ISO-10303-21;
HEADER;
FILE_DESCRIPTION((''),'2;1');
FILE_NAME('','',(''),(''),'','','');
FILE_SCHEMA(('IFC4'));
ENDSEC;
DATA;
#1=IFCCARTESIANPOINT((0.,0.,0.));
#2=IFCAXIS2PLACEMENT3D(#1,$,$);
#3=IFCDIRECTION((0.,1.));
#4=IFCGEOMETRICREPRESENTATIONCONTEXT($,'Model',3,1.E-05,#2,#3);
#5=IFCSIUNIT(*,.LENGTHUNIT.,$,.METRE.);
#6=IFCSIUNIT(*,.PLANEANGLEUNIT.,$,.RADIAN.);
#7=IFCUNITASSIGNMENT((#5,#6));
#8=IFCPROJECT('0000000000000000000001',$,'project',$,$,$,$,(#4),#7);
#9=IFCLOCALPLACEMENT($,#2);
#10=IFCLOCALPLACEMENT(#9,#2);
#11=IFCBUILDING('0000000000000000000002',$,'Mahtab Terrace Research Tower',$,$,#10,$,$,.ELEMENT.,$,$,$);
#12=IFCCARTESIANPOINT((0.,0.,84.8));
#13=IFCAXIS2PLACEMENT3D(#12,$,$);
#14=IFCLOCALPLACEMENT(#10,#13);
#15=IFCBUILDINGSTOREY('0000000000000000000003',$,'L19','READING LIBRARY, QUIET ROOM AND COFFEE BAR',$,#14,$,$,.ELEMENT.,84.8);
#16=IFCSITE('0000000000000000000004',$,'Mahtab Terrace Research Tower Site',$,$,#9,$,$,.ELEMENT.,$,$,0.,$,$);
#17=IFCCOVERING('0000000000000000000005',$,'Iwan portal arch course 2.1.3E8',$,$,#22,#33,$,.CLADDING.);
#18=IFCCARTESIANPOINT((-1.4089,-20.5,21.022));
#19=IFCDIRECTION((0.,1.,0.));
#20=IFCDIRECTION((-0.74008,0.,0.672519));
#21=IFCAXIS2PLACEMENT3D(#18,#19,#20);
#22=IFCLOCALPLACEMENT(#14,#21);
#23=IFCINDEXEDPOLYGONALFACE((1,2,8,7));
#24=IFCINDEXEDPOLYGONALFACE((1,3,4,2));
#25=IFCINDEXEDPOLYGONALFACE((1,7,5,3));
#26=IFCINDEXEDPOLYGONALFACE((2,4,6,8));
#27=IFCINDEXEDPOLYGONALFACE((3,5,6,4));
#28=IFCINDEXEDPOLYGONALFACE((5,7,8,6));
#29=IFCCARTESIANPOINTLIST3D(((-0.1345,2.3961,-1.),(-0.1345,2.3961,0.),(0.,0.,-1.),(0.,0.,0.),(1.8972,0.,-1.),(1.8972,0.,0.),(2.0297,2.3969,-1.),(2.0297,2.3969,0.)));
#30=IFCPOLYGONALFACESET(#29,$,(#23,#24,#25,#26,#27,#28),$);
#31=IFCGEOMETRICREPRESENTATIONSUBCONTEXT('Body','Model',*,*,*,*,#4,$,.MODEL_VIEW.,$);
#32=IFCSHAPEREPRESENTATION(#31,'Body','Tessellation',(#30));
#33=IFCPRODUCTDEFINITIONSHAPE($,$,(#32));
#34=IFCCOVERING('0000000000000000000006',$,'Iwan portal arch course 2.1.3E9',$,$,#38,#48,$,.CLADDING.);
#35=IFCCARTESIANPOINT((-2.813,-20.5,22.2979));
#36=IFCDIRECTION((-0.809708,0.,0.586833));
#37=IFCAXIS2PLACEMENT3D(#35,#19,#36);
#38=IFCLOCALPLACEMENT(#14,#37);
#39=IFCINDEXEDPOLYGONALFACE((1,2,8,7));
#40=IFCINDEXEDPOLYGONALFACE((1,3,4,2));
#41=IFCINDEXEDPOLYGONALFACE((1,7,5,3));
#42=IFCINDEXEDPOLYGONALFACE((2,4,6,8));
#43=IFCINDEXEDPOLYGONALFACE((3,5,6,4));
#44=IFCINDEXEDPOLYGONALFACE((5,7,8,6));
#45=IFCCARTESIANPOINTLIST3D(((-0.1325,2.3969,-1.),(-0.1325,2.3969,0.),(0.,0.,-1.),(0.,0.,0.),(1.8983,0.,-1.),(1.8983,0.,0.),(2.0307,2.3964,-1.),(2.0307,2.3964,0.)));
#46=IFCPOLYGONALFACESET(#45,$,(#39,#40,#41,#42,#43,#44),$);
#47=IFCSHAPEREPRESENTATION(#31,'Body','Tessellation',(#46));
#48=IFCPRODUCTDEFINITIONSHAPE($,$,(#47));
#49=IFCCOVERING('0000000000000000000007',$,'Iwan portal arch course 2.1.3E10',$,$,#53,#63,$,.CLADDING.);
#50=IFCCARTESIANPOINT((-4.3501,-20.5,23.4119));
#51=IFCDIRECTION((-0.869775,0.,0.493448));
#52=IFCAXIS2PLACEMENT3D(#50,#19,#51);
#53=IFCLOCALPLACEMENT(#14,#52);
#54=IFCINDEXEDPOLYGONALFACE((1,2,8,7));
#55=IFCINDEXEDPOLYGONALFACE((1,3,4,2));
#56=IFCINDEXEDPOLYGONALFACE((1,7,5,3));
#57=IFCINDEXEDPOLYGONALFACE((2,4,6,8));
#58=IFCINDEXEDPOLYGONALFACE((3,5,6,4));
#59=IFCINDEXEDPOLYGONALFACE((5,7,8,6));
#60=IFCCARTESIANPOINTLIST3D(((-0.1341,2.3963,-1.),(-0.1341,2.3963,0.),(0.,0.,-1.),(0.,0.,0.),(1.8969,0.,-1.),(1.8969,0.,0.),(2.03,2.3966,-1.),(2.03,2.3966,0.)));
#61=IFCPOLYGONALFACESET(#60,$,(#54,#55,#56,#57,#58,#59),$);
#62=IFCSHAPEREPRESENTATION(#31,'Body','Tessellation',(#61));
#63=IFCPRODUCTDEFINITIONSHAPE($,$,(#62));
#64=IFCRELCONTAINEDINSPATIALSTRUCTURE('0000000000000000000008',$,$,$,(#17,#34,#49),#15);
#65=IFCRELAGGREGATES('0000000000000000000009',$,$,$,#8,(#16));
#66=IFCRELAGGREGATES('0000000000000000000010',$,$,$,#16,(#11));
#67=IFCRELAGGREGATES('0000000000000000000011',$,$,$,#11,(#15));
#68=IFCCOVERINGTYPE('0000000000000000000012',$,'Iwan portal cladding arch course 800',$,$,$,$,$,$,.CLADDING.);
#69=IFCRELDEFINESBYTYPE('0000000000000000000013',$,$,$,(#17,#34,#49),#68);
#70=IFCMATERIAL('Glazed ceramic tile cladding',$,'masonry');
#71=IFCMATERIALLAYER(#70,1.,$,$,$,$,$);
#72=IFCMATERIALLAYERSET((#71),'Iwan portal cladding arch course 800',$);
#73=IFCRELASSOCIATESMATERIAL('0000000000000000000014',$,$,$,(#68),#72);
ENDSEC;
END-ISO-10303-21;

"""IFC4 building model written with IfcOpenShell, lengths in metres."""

from ifc_helpers import new_model, si_unit, direction, frame, origin, place, context, subcontext, project, spatial, polyline, outline, extrude, material, layer, layer_set, type_object, element, save


model = new_model("IFC4")

# Units and contexts
model_context = context("Model", 3, precision=1e-05, world=origin(), true_north=direction((0.0, 1.0)))
body_context = subcontext(model_context, "Body", "Model", "MODEL_VIEW")
ifc_project = project(units=[si_unit("LENGTHUNIT", "METRE"), si_unit("PLANEANGLEUNIT", "RADIAN")], contexts=[model_context])

# Site, building, storey
site_placement = place(None, origin())
site = spatial("IfcSite", under=ifc_project, at=site_placement, Name="Mahtab Terrace Research Tower Site", CompositionType="ELEMENT", RefElevation=0.0)
building_placement = place(site_placement, origin())
building = spatial("IfcBuilding", under=site, at=building_placement, Name="Mahtab Terrace Research Tower", CompositionType="ELEMENT")
storey_placement = place(building_placement, frame((0.0, 0.0, 84.8)))
storey = spatial("IfcBuildingStorey", under=building, at=storey_placement, Name="L19", Description="READING LIBRARY, QUIET ROOM AND COFFEE BAR", CompositionType="ELEMENT", Elevation=84.8)

# Coverings
ifc_material = material(Name="Glazed ceramic tile cladding", Category="masonry")
ifc_layer = layer(ifc_material, 1.0)
ifc_layer_set = layer_set([ifc_layer], Name="Iwan portal cladding arch course 800")
covering_type = type_object("IfcCoveringType", Name="Iwan portal cladding arch course 800", PredefinedType="CLADDING", material=ifc_layer_set)
covering_1_placement = place(storey_placement, frame((-1.4089, -20.5, 21.022), z_axis=(0.0, 1.0, 0.0), x_axis=(-0.74008, 0.0, 0.672519)))
element("IfcCovering", 1, at=covering_1_placement, inside=storey, type_object=covering_type, Name="Iwan portal arch course 2.1.3E8", PredefinedType="CLADDING", context=body_context, shape_type="SweptSolid", body=[
    extrude(outline(polyline([(0.0, 0.0), (1.8972, 0.0), (2.0297, 2.3969), (-0.1345, 2.3961), (0.0, 0.0)])), origin(), (0.0, 0.0, -1.0), 1.0),
])
covering_2_placement = place(storey_placement, frame((-2.813, -20.5, 22.2979), z_axis=(0.0, 1.0, 0.0), x_axis=(-0.809708, 0.0, 0.586833)))
element("IfcCovering", 2, at=covering_2_placement, inside=storey, type_object=covering_type, Name="Iwan portal arch course 2.1.3E9", PredefinedType="CLADDING", context=body_context, shape_type="SweptSolid", body=[
    extrude(outline(polyline([(0.0, 0.0), (1.8983, 0.0), (2.0307, 2.3964), (-0.1325, 2.3969), (0.0, 0.0)])), origin(), (0.0, 0.0, -1.0), 1.0),
])
covering_3_placement = place(storey_placement, frame((-4.3501, -20.5, 23.4119), z_axis=(0.0, 1.0, 0.0), x_axis=(-0.869775, 0.0, 0.493448)))
element("IfcCovering", 3, at=covering_3_placement, inside=storey, type_object=covering_type, Name="Iwan portal arch course 2.1.3E10", PredefinedType="CLADDING", context=body_context, shape_type="SweptSolid", body=[
    extrude(outline(polyline([(0.0, 0.0), (1.8969, 0.0), (2.03, 2.3966), (-0.1341, 2.3963), (0.0, 0.0)])), origin(), (0.0, 0.0, -1.0), 1.0),
])

save(model, "model.ifc")
